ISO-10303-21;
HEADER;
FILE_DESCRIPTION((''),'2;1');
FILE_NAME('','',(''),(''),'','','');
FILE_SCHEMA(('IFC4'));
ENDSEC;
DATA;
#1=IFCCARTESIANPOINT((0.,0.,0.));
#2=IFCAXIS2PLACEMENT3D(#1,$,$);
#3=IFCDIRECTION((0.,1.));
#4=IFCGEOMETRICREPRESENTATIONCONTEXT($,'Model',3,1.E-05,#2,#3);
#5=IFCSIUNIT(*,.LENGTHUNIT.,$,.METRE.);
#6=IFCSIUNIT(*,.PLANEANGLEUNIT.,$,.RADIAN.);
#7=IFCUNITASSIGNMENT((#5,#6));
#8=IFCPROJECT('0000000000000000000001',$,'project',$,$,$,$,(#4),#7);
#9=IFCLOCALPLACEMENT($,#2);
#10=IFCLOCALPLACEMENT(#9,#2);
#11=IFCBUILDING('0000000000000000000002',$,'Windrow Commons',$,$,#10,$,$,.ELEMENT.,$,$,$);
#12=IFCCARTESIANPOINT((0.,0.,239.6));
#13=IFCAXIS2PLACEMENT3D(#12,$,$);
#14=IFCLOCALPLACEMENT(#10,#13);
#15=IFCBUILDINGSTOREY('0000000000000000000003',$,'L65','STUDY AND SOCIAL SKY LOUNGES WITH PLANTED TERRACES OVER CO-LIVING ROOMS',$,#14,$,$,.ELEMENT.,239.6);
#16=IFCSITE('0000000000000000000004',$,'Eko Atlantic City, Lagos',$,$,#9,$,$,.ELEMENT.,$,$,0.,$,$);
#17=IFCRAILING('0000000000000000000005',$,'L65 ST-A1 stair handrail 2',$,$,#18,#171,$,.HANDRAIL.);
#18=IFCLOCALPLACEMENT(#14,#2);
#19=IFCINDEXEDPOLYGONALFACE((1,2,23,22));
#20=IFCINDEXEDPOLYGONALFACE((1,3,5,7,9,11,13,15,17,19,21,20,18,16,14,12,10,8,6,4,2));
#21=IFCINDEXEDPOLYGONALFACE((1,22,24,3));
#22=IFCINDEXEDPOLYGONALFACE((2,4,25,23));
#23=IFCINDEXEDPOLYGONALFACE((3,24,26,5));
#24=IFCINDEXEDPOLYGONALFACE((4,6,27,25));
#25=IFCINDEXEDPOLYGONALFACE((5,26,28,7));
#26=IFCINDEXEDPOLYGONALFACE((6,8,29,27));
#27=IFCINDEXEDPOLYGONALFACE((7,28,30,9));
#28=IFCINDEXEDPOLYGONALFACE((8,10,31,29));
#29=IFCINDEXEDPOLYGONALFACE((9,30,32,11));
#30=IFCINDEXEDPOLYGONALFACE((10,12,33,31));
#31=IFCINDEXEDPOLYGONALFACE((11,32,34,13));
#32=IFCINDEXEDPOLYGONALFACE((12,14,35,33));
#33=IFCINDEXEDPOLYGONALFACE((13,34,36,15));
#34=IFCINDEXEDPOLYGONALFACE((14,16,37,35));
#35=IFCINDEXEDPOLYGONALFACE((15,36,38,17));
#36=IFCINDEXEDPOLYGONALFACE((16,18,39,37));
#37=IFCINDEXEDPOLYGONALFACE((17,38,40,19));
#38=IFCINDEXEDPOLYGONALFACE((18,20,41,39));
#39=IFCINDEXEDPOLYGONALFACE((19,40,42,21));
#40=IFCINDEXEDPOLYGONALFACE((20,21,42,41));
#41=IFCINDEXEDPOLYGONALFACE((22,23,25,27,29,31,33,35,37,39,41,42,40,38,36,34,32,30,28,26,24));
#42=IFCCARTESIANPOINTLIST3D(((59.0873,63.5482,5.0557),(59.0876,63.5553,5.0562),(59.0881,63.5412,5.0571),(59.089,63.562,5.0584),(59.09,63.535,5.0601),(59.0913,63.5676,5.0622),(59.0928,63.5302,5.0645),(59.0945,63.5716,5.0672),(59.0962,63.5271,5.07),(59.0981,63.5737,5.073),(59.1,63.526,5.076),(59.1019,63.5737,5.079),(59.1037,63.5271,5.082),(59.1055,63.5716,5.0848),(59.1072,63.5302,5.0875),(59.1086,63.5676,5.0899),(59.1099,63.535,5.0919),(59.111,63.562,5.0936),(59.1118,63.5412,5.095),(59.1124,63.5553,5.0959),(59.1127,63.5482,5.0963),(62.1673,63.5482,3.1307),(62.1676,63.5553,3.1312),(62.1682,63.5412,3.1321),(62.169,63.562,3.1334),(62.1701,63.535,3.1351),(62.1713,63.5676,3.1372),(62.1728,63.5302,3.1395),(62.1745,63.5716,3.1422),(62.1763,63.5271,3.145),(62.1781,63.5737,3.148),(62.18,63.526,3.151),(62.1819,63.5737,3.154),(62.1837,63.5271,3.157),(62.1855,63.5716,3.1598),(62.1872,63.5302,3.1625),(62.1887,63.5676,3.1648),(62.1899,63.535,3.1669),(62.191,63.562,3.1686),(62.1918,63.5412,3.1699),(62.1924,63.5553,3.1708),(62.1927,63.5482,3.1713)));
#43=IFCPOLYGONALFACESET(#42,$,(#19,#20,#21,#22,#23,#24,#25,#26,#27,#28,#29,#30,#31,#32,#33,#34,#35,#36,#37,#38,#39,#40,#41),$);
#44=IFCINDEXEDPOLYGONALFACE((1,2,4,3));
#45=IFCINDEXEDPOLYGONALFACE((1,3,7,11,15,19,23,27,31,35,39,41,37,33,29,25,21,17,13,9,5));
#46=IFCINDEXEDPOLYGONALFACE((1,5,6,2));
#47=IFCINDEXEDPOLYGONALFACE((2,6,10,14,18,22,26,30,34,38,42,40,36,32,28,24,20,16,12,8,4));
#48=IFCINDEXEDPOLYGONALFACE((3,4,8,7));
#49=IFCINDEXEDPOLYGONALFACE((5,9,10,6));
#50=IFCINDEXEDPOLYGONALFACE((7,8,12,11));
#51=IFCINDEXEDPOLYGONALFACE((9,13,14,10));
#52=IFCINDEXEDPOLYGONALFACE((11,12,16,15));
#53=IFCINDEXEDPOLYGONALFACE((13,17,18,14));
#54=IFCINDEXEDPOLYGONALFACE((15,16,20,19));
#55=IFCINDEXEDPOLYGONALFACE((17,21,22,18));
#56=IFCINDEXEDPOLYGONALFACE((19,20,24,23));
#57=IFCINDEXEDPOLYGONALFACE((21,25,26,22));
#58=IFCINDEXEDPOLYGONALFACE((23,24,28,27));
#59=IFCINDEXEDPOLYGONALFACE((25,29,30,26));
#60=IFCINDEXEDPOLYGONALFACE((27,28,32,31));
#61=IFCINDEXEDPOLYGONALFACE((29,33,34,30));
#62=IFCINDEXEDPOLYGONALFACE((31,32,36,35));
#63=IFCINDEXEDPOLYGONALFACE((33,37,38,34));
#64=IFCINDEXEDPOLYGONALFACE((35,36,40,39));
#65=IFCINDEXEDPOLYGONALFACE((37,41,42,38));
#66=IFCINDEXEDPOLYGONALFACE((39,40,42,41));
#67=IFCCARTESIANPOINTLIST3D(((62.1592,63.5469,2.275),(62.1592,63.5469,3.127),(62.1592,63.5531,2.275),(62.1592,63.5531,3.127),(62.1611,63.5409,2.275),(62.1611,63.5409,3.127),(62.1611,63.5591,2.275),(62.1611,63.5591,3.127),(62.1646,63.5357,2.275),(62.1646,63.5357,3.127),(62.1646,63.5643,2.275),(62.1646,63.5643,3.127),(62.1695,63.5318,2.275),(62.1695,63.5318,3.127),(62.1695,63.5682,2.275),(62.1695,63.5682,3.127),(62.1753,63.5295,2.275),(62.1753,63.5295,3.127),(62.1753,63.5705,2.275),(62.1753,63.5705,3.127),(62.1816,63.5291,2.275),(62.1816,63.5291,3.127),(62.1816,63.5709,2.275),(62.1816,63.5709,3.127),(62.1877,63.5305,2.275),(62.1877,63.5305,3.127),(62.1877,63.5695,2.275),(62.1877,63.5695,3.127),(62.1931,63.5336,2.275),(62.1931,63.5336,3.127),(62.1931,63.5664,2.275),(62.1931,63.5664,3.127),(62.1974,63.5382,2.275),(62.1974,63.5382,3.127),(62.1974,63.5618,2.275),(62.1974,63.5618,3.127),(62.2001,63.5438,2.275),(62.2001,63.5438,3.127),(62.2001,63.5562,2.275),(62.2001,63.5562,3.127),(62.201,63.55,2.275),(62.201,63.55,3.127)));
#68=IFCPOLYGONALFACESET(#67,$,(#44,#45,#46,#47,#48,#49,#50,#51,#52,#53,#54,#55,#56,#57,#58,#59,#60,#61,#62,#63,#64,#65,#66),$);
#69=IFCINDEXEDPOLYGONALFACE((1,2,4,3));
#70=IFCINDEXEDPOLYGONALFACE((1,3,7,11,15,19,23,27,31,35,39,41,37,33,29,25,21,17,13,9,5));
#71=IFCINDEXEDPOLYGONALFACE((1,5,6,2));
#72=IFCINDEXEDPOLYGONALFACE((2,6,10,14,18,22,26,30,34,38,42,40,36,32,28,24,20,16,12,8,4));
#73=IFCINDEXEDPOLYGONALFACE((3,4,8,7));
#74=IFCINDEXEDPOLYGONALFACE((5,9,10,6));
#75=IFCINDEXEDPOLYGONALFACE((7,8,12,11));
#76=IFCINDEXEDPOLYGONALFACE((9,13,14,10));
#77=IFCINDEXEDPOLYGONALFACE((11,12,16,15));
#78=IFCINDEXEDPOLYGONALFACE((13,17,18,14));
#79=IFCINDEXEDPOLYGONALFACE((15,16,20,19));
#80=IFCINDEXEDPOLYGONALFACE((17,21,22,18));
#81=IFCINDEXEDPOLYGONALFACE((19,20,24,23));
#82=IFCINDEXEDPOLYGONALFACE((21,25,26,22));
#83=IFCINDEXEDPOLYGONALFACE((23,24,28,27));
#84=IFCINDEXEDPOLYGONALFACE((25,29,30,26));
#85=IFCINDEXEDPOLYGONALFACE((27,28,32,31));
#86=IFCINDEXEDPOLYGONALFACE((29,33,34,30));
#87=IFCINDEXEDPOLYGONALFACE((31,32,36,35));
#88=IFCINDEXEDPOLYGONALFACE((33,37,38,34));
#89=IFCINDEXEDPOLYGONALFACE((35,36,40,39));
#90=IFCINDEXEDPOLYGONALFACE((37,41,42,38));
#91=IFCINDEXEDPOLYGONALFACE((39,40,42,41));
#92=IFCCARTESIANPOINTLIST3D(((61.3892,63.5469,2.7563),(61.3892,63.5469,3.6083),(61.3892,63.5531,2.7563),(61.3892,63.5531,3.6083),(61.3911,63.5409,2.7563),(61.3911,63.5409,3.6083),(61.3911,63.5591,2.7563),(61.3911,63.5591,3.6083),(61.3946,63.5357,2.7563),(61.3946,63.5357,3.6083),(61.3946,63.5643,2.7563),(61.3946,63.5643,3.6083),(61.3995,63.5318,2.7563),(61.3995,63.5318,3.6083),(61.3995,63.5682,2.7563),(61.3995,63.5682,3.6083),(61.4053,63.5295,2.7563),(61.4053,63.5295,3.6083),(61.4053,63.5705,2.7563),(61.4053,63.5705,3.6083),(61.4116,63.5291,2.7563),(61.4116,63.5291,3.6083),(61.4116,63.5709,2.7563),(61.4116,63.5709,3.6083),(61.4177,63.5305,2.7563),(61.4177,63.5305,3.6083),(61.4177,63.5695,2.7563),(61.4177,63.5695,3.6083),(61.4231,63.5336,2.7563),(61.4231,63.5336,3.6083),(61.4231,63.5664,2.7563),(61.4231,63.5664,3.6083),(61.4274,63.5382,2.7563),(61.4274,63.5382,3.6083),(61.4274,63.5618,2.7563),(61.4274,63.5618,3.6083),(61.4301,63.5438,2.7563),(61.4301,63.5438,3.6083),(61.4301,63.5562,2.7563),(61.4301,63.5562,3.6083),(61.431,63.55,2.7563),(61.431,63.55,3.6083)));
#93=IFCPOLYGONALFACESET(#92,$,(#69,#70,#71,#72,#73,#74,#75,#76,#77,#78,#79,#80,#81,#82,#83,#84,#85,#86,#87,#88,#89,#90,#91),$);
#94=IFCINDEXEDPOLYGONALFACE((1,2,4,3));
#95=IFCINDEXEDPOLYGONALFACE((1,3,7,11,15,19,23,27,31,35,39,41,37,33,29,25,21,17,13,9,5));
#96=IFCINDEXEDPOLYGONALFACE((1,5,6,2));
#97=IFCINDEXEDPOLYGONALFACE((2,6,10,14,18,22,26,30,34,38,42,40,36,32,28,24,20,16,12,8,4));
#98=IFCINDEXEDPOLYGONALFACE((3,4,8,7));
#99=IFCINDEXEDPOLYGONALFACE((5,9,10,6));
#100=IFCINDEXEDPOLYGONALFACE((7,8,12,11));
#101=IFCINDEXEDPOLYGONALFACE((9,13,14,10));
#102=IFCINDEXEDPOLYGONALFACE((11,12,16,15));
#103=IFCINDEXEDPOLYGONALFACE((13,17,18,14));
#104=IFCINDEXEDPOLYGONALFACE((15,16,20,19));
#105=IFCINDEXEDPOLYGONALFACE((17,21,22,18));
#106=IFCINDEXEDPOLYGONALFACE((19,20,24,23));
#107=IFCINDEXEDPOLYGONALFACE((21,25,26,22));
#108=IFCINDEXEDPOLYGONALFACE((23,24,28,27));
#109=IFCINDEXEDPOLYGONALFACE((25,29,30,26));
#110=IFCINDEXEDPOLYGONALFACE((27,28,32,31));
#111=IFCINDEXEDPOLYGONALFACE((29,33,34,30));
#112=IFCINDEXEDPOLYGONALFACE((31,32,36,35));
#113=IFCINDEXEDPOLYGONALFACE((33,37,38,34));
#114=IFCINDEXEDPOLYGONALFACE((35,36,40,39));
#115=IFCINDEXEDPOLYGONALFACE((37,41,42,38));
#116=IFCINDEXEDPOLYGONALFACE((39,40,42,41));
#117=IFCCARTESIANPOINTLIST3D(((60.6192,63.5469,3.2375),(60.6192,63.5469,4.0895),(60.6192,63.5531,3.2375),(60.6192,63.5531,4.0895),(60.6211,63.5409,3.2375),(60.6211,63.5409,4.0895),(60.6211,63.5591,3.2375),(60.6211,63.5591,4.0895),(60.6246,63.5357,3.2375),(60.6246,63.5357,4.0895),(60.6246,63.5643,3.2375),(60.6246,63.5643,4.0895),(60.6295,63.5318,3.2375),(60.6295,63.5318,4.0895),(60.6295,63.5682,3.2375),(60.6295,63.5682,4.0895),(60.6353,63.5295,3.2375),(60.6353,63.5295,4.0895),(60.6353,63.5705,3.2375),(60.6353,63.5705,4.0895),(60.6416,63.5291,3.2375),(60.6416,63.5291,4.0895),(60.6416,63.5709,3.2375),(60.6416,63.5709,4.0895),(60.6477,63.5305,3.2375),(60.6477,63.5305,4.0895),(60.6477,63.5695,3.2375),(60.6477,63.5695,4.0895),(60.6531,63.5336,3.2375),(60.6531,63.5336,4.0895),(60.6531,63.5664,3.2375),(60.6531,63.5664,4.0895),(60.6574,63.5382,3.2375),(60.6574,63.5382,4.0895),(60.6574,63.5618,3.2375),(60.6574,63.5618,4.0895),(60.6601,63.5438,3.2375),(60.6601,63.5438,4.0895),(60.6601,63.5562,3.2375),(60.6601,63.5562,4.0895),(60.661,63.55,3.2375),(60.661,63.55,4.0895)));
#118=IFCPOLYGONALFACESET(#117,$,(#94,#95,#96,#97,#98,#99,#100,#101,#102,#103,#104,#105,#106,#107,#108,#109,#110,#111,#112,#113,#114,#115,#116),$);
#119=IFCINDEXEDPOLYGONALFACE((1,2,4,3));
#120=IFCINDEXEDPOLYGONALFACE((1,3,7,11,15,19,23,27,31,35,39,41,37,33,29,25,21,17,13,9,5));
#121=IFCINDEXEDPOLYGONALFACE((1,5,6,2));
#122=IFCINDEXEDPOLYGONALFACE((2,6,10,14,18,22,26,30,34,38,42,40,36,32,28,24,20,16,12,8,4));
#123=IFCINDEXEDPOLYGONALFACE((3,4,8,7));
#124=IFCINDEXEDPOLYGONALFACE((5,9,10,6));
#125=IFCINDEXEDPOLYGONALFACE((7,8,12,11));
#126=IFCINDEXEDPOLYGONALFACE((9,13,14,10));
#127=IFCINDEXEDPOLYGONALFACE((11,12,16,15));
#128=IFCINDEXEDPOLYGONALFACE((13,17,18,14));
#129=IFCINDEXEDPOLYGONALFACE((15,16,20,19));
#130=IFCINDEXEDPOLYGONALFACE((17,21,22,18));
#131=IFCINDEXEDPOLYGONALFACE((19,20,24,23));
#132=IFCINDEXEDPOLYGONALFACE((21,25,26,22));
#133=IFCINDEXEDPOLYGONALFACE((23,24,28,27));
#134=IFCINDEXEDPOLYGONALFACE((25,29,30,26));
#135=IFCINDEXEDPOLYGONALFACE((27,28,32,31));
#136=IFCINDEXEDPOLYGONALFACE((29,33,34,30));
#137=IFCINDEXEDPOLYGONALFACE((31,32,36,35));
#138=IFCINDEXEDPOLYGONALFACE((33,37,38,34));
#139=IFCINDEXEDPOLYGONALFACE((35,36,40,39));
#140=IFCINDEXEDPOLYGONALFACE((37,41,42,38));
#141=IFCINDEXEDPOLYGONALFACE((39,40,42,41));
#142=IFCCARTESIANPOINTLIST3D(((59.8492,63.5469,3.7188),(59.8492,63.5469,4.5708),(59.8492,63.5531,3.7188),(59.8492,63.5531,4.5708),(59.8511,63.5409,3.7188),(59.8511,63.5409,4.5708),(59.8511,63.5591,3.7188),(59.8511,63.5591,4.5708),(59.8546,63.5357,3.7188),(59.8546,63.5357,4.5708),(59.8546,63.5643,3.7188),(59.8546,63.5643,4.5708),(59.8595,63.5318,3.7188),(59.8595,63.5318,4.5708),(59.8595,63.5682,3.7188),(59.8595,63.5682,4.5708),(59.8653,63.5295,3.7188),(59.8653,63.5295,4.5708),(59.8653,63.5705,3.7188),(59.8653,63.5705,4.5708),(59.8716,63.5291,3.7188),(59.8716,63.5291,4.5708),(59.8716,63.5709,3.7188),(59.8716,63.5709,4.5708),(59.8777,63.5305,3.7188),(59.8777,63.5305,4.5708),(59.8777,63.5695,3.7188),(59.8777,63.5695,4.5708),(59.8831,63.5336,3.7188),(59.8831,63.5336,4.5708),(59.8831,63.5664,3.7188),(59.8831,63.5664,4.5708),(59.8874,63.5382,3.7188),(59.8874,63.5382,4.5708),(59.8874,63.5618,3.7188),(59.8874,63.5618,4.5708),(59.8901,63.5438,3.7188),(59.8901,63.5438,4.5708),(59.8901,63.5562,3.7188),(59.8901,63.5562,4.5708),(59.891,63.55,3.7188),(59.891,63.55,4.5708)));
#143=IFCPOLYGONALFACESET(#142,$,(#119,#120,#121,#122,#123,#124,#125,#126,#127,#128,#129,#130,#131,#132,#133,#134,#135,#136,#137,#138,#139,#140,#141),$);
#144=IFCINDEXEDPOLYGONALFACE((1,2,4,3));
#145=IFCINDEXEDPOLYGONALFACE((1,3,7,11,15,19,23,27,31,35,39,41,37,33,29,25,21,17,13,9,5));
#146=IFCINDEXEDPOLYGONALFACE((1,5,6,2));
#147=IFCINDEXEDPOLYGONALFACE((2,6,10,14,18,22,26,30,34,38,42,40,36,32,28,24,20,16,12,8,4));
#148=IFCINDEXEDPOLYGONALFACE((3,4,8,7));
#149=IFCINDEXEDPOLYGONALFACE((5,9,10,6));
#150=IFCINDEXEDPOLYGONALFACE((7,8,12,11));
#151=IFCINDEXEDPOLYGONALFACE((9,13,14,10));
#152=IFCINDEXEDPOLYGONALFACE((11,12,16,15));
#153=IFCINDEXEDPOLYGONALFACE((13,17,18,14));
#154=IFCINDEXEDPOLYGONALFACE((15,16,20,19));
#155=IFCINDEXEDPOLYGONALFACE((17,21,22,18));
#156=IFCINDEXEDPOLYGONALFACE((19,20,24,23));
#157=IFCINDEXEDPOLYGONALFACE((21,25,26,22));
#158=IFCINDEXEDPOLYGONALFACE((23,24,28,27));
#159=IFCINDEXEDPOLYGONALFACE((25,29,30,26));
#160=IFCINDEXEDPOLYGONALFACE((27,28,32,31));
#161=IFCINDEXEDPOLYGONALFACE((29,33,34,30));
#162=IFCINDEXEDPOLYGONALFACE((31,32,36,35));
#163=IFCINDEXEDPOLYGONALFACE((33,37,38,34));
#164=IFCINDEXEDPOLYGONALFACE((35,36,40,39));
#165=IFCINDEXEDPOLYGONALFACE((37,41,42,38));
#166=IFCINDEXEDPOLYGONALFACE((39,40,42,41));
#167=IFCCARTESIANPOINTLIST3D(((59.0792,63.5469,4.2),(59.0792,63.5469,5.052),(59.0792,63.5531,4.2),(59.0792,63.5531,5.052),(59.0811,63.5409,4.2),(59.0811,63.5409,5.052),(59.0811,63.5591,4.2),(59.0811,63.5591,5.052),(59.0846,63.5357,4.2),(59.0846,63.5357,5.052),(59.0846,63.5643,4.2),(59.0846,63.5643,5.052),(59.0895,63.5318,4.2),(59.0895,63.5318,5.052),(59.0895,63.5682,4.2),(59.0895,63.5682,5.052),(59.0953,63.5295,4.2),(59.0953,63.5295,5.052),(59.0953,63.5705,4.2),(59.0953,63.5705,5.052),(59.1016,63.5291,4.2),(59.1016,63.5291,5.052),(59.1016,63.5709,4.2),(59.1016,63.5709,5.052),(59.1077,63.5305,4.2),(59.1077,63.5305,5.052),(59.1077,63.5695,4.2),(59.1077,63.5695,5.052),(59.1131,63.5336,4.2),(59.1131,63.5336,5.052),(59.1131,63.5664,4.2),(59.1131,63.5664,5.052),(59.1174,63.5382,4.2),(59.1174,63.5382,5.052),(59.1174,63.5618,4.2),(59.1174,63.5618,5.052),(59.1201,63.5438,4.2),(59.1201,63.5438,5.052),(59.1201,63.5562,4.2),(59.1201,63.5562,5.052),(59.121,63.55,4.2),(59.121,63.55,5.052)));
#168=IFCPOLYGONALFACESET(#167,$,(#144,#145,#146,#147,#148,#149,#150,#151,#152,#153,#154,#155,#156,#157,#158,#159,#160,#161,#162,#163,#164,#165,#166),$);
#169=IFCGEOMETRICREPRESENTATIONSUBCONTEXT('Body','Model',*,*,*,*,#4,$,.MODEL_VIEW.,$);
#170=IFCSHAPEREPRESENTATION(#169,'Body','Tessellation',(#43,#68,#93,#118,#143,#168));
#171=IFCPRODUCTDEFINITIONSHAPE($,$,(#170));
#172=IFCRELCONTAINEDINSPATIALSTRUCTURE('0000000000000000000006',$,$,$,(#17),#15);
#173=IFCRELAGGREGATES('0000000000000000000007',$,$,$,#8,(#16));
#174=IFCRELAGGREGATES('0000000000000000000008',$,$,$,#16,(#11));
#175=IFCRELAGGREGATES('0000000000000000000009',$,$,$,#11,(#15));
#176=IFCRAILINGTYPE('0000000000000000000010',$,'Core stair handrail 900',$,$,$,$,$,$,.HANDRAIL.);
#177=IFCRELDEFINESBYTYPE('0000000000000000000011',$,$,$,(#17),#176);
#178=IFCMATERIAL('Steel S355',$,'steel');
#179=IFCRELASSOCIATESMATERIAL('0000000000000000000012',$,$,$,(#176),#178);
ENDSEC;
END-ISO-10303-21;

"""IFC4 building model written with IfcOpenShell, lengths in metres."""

from ifc_helpers import new_model, si_unit, direction, frame, origin, origin_2d, place, context, subcontext, project, spatial, circle, extrude, material, type_object, element, save


model = new_model("IFC4")

# Units and contexts
model_context = context("Model", 3, precision=1e-05, world=origin(), true_north=direction((0.0, 1.0)))
body_context = subcontext(model_context, "Body", "Model", "MODEL_VIEW")
ifc_project = project(units=[si_unit("LENGTHUNIT", "METRE"), si_unit("PLANEANGLEUNIT", "RADIAN")], contexts=[model_context])

# Site, building, storey
site_placement = place(None, origin())
site = spatial("IfcSite", under=ifc_project, at=site_placement, Name="Eko Atlantic City, Lagos", CompositionType="ELEMENT", RefElevation=0.0)
building_placement = place(site_placement, origin())
building = spatial("IfcBuilding", under=site, at=building_placement, Name="Windrow Commons", CompositionType="ELEMENT")
storey_placement = place(building_placement, frame((0.0, 0.0, 239.6)))
storey = spatial("IfcBuildingStorey", under=building, at=storey_placement, Name="L65", Description="STUDY AND SOCIAL SKY LOUNGES WITH PLANTED TERRACES OVER CO-LIVING ROOMS", CompositionType="ELEMENT", Elevation=239.6)

# Railing
ifc_material_1 = material(Name="Steel S355", Category="steel")
railing_type_1 = type_object("IfcRailingType", Name="Core stair handrail 900", PredefinedType="HANDRAIL", material=ifc_material_1)
railing_1_placement = place(storey_placement, frame((62.18, 63.55, 2.275)))
element("IfcRailing", 1, at=railing_1_placement, inside=storey, type_object=railing_type_1, Name="L65 ST-A1 stair handrail 2", PredefinedType="HANDRAIL", context=body_context, shape_type="SweptSolid", body=[
    extrude(circle(Radius=0.024, at=origin_2d()), frame((0.0, 0.0, 0.876), z_axis=(-0.847998, 0.0, 0.529999), x_axis=(0.0, -1.0, 0.0)), (0.0, 0.0, 1.0), 3.6321),
    extrude(circle(Radius=0.021, at=origin_2d()), origin(), (0.0, 0.0, 1.0), 0.852),
    extrude(circle(Radius=0.021, at=origin_2d()), frame((-0.77, 0.0, 0.4813)), (0.0, 0.0, 1.0), 0.852),
    extrude(circle(Radius=0.021, at=origin_2d()), frame((-1.54, 0.0, 0.9625)), (0.0, 0.0, 1.0), 0.852),
    extrude(circle(Radius=0.021, at=origin_2d()), frame((-2.31, 0.0, 1.4438)), (0.0, 0.0, 1.0), 0.852),
    extrude(circle(Radius=0.021, at=origin_2d()), frame((-3.08, 0.0, 1.925)), (0.0, 0.0, 1.0), 0.852),
])

save(model, "model.ifc")
